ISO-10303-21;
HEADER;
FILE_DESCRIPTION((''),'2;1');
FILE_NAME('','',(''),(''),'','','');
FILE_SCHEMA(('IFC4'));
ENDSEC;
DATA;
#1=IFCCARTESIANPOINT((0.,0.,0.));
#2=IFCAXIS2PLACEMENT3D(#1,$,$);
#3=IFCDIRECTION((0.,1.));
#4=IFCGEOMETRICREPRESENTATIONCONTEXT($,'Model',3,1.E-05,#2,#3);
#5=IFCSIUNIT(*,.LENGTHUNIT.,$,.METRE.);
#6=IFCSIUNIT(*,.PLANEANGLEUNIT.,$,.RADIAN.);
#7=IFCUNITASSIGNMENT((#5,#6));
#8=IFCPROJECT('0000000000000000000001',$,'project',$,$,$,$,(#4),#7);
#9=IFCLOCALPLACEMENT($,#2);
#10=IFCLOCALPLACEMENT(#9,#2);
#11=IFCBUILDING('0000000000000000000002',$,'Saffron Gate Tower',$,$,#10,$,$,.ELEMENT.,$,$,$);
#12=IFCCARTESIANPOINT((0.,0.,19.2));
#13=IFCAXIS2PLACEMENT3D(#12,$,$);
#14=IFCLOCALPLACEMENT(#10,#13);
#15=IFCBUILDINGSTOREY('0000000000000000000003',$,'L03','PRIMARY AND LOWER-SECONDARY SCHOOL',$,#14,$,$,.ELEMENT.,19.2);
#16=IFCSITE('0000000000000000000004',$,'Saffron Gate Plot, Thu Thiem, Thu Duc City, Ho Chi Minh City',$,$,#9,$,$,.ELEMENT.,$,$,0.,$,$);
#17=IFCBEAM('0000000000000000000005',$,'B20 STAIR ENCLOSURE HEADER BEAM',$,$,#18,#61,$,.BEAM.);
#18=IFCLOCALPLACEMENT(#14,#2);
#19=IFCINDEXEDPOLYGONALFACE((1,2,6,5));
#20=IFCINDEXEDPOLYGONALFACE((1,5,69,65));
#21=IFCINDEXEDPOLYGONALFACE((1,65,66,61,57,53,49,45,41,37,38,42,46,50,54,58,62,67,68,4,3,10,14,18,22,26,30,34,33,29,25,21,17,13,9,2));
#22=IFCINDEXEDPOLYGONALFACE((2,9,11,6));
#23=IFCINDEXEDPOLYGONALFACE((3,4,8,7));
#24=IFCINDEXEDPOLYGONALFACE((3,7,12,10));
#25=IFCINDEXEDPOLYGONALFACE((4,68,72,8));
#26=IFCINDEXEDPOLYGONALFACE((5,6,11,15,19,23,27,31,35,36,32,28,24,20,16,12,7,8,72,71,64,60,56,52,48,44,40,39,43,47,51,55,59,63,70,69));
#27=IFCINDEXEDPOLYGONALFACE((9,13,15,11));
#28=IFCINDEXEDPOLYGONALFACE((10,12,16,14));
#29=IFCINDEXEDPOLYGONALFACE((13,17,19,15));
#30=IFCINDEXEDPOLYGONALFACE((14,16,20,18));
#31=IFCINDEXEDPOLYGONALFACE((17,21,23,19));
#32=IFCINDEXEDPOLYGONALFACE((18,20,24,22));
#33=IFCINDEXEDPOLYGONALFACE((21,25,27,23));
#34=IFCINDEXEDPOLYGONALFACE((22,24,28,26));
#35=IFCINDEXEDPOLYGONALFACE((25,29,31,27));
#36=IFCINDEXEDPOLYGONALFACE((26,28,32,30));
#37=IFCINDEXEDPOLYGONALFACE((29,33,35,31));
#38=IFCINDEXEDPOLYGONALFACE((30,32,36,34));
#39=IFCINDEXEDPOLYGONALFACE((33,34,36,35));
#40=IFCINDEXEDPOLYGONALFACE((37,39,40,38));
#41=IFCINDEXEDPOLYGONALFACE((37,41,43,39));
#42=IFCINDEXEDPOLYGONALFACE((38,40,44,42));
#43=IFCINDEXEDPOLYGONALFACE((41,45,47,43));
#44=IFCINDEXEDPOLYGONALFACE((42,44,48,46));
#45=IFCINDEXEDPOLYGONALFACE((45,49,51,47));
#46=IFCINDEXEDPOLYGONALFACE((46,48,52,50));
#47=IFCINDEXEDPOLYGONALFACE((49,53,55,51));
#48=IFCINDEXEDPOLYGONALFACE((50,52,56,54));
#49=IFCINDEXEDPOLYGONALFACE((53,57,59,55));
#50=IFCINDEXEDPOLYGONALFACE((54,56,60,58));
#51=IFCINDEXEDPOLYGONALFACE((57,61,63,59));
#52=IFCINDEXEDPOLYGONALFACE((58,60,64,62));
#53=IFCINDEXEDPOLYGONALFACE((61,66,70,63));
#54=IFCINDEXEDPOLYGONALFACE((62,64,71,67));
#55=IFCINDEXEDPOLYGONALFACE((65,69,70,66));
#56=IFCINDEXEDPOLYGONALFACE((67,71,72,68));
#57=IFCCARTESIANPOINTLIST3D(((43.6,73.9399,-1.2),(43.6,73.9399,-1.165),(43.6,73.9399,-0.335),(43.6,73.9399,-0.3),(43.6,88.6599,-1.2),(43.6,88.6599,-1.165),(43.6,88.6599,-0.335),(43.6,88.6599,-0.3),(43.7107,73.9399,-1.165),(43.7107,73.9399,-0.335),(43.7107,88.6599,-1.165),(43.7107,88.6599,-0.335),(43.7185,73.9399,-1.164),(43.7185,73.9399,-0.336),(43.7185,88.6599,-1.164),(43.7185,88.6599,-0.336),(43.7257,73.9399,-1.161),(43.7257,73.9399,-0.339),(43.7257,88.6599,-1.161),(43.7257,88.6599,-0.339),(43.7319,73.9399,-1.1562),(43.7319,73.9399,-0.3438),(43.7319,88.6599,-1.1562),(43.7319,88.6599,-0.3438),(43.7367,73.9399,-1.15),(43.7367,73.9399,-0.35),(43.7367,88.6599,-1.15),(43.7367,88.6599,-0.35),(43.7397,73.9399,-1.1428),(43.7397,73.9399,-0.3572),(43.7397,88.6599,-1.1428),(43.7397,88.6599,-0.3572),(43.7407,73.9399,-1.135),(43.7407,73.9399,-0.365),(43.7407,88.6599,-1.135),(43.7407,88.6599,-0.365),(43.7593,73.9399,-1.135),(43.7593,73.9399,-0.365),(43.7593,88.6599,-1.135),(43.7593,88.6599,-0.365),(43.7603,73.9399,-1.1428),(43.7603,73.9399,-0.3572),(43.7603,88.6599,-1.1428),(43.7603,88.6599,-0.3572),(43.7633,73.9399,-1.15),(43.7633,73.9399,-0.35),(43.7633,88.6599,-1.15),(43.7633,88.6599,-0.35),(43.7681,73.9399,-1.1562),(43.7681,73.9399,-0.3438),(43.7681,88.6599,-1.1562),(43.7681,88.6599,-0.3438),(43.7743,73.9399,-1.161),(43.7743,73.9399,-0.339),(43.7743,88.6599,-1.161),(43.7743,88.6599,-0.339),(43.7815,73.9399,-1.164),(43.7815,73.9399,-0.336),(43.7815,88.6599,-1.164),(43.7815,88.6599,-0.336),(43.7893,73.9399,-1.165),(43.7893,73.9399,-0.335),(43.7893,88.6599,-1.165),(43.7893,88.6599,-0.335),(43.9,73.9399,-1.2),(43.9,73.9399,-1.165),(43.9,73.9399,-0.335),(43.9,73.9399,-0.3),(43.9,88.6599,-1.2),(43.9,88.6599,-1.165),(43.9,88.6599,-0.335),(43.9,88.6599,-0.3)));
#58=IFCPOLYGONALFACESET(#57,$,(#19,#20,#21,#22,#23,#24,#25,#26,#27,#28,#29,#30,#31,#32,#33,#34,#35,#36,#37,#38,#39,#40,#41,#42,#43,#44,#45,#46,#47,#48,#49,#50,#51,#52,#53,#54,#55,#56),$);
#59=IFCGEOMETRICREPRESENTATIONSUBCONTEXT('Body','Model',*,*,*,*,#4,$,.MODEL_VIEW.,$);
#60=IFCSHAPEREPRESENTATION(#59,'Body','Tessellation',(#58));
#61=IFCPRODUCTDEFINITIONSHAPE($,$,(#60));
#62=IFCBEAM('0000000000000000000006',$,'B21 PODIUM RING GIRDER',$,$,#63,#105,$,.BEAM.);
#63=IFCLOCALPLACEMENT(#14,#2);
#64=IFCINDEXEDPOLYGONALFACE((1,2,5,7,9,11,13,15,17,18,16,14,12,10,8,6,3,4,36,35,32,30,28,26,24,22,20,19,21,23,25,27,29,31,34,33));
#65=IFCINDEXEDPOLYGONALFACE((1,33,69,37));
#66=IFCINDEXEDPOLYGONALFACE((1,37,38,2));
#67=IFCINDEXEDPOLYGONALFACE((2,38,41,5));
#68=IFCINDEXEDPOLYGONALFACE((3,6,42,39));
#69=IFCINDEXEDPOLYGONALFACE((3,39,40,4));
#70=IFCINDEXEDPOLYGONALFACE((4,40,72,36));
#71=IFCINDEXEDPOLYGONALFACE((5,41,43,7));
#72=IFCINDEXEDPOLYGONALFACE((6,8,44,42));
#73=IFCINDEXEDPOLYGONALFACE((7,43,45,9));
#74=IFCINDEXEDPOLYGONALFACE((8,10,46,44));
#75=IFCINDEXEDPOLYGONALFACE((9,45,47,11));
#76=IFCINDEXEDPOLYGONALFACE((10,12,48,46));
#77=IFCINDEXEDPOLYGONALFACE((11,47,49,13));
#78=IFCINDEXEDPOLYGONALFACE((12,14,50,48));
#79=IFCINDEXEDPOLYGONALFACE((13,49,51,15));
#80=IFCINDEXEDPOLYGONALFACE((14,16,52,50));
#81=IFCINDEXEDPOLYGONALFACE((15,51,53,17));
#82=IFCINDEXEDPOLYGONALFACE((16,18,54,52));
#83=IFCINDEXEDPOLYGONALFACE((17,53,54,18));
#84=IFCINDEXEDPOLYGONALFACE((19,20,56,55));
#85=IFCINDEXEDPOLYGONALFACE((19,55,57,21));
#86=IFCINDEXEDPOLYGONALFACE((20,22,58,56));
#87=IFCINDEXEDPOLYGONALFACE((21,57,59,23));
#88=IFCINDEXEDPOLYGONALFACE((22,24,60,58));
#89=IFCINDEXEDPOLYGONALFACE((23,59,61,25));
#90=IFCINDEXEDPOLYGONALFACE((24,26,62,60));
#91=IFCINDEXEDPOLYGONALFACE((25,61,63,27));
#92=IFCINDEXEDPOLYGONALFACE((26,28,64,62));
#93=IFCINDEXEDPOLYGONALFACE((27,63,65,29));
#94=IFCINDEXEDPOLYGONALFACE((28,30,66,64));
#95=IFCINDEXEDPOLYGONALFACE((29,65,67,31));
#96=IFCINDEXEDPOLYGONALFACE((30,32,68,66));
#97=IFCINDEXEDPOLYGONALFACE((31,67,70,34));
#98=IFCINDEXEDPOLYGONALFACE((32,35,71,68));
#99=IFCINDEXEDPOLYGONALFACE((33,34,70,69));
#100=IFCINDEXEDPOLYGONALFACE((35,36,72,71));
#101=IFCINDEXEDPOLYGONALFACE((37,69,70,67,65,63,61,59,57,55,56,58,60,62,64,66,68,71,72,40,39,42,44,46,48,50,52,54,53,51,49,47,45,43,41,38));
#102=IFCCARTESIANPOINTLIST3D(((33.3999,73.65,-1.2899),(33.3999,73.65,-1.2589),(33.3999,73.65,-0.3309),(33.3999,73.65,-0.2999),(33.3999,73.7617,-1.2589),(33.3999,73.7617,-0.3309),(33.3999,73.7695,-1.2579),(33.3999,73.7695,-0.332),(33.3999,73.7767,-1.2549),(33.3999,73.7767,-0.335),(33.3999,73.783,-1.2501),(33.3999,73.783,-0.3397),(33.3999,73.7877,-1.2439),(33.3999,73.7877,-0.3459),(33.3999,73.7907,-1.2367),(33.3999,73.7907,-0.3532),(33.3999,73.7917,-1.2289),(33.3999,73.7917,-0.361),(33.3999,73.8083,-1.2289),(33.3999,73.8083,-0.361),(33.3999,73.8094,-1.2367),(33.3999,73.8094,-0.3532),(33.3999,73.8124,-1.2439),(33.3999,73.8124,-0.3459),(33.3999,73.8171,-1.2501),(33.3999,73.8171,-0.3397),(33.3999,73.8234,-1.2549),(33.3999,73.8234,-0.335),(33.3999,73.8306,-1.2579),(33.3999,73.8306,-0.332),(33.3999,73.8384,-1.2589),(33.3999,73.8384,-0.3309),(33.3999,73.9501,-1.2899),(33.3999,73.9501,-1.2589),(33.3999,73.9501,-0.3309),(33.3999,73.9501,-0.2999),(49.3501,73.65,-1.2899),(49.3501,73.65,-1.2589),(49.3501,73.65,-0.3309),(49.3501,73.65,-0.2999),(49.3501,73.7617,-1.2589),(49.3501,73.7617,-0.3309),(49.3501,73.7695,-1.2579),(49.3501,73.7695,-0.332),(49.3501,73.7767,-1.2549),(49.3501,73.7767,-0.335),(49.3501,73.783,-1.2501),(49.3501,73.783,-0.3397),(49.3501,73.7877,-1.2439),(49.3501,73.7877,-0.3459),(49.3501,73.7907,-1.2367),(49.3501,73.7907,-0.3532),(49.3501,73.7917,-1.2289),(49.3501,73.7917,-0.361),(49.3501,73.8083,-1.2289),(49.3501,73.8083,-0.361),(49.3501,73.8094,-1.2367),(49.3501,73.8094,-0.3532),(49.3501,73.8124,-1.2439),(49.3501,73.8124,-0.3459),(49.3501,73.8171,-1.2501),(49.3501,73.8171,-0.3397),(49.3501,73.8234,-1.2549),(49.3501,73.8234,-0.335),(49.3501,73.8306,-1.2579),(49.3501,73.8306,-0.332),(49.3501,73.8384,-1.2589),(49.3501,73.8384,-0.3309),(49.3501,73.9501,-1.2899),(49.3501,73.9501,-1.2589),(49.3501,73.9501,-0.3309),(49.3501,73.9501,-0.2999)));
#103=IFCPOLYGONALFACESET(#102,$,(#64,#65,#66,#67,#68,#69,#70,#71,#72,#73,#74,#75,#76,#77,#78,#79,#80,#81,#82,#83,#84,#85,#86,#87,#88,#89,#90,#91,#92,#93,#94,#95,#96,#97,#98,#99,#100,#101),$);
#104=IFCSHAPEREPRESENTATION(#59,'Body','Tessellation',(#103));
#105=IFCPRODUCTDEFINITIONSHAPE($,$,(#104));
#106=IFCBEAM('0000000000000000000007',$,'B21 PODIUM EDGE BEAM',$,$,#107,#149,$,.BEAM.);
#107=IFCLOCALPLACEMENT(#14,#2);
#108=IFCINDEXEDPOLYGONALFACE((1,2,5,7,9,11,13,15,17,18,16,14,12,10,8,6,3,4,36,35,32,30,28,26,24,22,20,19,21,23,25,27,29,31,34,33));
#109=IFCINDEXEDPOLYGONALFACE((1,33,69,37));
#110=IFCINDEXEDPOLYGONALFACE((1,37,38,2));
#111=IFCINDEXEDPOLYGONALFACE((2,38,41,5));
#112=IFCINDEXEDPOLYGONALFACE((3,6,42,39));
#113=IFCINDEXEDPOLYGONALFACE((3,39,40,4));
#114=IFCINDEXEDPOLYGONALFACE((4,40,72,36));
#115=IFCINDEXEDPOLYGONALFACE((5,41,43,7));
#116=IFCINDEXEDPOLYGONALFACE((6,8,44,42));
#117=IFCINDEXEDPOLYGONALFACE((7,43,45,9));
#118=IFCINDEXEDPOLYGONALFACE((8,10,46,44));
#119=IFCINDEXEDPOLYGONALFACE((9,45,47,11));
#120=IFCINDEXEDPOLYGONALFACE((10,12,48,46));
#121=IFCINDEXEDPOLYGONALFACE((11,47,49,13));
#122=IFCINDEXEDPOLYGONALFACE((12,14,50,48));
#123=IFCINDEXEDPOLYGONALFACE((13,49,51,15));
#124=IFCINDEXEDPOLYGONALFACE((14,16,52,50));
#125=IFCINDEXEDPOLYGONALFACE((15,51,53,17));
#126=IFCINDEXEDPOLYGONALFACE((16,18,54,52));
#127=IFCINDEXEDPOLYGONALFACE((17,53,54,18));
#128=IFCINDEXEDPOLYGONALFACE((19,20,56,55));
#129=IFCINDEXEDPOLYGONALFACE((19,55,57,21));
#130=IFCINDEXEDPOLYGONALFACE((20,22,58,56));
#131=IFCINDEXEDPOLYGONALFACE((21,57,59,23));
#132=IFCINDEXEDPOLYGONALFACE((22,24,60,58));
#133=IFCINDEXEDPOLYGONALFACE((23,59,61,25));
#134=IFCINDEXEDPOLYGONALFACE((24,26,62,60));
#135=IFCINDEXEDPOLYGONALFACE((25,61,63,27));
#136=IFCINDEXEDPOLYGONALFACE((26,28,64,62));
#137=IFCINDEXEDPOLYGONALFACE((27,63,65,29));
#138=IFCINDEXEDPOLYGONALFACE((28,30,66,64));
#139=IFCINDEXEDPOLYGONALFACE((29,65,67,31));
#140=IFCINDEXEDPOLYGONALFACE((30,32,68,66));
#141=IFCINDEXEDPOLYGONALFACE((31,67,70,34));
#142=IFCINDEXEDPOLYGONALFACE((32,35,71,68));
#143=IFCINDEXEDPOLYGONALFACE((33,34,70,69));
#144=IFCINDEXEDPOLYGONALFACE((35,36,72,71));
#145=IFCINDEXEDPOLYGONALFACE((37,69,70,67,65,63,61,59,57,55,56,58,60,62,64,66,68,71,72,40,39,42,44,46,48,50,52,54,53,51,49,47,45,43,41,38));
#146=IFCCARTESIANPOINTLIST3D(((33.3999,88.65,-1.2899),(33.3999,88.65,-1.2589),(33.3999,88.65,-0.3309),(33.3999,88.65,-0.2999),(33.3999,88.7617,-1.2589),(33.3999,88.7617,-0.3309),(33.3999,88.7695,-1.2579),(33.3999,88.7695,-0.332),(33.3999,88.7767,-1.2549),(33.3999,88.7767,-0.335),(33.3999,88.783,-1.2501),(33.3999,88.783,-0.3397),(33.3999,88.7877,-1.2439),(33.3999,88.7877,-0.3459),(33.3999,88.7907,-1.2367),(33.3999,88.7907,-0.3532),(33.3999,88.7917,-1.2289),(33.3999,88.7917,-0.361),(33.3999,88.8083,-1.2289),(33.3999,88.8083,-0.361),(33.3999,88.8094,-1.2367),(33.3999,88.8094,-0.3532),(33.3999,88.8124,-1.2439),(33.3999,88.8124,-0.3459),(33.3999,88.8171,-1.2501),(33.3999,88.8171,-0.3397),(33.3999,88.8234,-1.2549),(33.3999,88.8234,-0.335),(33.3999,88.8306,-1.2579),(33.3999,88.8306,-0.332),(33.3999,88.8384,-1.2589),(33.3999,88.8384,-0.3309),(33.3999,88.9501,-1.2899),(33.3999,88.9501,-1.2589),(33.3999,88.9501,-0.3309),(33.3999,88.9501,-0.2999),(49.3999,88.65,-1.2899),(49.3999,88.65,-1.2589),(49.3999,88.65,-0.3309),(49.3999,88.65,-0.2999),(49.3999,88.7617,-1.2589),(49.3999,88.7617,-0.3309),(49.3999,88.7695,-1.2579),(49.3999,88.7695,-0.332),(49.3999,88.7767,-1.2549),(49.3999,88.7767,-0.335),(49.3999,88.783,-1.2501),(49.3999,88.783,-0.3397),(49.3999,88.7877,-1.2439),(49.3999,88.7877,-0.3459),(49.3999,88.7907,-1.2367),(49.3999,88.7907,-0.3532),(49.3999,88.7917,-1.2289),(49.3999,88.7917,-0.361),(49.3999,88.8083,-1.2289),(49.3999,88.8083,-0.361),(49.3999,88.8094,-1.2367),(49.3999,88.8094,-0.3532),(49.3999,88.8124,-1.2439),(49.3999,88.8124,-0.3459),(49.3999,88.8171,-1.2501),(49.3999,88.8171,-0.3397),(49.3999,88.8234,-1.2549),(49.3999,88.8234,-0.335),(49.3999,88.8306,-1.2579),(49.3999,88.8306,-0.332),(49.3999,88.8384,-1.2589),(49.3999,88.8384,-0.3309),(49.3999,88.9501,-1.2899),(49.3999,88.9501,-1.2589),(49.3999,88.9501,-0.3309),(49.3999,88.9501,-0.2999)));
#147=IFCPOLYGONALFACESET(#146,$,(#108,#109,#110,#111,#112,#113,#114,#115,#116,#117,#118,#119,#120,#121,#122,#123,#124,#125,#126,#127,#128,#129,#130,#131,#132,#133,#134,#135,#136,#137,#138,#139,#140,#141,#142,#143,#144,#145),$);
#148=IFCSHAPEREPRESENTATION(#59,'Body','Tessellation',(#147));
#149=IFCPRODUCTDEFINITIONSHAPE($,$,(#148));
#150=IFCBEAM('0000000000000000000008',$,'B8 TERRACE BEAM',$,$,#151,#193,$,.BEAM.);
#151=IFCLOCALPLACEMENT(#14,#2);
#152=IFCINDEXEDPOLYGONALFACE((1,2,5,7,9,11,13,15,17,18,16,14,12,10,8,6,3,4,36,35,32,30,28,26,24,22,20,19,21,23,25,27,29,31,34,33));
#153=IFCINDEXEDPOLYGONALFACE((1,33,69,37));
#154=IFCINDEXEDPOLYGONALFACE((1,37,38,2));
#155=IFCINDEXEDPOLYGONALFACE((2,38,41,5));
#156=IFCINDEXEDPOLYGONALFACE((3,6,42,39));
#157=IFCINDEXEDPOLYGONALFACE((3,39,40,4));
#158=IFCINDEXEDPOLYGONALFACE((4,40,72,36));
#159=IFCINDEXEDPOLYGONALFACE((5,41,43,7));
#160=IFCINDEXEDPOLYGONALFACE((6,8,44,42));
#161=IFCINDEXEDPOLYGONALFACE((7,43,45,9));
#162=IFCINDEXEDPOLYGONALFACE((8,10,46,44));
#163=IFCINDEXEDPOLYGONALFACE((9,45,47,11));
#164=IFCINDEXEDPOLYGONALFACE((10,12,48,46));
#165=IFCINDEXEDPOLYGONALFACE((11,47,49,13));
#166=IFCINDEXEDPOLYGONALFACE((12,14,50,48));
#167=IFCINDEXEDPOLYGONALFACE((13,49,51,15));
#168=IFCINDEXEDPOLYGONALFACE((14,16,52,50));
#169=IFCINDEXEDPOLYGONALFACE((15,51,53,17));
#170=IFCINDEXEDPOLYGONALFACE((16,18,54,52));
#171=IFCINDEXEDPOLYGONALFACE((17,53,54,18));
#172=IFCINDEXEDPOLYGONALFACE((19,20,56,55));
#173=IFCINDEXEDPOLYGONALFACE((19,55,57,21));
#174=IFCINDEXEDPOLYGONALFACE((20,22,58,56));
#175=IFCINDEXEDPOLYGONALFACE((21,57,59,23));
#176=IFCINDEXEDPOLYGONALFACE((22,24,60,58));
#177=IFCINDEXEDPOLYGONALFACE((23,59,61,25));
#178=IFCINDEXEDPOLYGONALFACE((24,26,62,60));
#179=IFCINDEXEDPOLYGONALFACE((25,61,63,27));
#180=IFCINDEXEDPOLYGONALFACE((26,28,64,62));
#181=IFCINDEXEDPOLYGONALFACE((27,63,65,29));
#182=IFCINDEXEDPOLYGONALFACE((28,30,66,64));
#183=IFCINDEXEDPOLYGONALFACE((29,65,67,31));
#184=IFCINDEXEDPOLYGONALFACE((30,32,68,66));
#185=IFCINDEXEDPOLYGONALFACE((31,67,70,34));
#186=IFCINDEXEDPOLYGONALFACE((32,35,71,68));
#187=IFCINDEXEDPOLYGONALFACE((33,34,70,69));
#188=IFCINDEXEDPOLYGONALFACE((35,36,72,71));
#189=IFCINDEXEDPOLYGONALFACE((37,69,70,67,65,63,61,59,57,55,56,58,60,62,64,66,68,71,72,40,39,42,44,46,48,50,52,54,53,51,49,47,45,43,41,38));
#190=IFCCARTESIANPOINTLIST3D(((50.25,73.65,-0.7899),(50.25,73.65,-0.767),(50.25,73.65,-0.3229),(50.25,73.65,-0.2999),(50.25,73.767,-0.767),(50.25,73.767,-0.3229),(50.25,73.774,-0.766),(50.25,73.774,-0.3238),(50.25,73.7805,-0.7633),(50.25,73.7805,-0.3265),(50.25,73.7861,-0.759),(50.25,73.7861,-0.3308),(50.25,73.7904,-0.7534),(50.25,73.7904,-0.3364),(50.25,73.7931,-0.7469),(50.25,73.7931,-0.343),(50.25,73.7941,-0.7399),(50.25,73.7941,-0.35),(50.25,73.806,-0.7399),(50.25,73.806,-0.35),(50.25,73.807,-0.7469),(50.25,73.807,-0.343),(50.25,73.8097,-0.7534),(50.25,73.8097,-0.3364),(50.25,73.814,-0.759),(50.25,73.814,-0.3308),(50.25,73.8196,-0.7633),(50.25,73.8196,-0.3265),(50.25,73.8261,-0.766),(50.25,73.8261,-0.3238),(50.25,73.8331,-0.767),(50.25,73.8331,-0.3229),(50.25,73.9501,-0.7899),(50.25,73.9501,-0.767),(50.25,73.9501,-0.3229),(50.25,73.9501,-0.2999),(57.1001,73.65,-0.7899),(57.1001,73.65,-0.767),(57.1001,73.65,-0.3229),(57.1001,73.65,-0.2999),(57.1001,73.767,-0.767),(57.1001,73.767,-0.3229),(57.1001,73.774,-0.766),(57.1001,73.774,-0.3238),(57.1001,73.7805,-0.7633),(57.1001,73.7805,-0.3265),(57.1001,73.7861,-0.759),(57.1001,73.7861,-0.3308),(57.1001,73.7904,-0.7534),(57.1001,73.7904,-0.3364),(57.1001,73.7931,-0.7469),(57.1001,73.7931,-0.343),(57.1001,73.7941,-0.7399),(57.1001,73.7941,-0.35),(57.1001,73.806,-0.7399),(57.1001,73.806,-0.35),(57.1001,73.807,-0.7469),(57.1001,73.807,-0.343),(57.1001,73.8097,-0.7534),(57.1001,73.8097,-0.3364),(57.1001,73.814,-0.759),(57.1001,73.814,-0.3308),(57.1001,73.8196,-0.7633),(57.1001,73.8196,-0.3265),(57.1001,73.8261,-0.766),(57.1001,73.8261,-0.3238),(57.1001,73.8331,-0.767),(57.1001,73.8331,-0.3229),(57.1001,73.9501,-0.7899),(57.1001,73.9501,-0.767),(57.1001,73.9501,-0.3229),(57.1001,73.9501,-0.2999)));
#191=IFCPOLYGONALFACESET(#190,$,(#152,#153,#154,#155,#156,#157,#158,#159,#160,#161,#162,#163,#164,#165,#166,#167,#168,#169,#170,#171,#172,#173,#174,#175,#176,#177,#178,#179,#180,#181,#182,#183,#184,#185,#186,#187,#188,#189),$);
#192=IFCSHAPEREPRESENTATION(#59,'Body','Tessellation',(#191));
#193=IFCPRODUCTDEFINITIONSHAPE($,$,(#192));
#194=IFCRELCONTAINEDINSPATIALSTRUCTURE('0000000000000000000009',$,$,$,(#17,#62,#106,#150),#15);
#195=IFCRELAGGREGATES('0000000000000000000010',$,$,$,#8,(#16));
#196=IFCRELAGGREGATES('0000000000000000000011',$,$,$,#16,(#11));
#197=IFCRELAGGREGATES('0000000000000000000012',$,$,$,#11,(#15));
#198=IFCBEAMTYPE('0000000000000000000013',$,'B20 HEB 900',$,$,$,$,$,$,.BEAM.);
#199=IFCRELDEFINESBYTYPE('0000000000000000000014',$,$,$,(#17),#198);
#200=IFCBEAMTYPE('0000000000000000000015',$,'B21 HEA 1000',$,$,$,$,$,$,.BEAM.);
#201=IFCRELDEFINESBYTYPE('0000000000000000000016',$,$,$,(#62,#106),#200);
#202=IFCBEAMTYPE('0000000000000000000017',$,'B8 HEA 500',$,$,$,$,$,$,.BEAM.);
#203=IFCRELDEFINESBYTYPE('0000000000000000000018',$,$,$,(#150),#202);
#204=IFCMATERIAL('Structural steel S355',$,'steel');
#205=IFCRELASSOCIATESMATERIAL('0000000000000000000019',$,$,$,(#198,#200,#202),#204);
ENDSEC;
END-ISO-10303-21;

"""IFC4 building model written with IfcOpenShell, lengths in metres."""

from ifc_helpers import new_model, si_unit, direction, frame, origin, origin_2d, place, context, subcontext, project, spatial, i_section, extrude, material, material_profile, profile_set, type_object, element, save


model = new_model("IFC4")

# Units and contexts
model_context = context("Model", 3, precision=1e-05, world=origin(), true_north=direction((0.0, 1.0)))
body_context = subcontext(model_context, "Body", "Model", "MODEL_VIEW")
ifc_project = project(units=[si_unit("LENGTHUNIT", "METRE"), si_unit("PLANEANGLEUNIT", "RADIAN")], contexts=[model_context])

# Site, building, storey
site_placement = place(None, origin())
site = spatial("IfcSite", under=ifc_project, at=site_placement, Name="Saffron Gate Plot, Thu Thiem, Thu Duc City, Ho Chi Minh City", CompositionType="ELEMENT", RefElevation=0.0)
building_placement = place(site_placement, origin())
building = spatial("IfcBuilding", under=site, at=building_placement, Name="Saffron Gate Tower", CompositionType="ELEMENT")
storey_placement = place(building_placement, frame((0.0, 0.0, 19.2)))
storey = spatial("IfcBuildingStorey", under=building, at=storey_placement, Name="L03", Description="PRIMARY AND LOWER-SECONDARY SCHOOL", CompositionType="ELEMENT", Elevation=19.2)

# Beams
ifc_material_1 = material(Name="Structural steel S355", Category="steel")
ifc_material_profile_1 = material_profile(ifc_material_1, i_section(OverallWidth=0.3, OverallDepth=0.8999, WebThickness=0.0186, FlangeThickness=0.0349, FilletRadius=0.03, at=origin_2d()))
ifc_profile_set_1 = profile_set([ifc_material_profile_1], Name="Structural steel S355")
beam_type_1 = type_object("IfcBeamType", Name="B20 HEB 900", PredefinedType="BEAM", material=ifc_profile_set_1)
for number, where, z_axis, x_axis, name in (
    (1, (43.75, 73.9399, -0.75), (0.0, 1.0, 0.0), (-1.0, 0.0, 0.0), "B20 STAIR ENCLOSURE HEADER BEAM"),
):
    element("IfcBeam", number, at=place(storey_placement, frame(where, z_axis=z_axis, x_axis=x_axis)), inside=storey, type_object=beam_type_1, Name=name, PredefinedType="BEAM", context=body_context, shape_type="SweptSolid", body=[
        extrude(i_section(OverallWidth=0.3, OverallDepth=0.8999, WebThickness=0.0186, FlangeThickness=0.0349, FilletRadius=0.03, at=origin_2d()), origin(), (0.0, 0.0, 1.0), 14.72),
    ])
ifc_material_profile_2 = material_profile(ifc_material_1, i_section(OverallWidth=0.3, OverallDepth=0.99, WebThickness=0.0166, FlangeThickness=0.031, FilletRadius=0.03, at=origin_2d()))
ifc_profile_set_2 = profile_set([ifc_material_profile_2], Name="Structural steel S355")
beam_type_2 = type_object("IfcBeamType", Name="B21 HEA 1000", PredefinedType="BEAM", material=ifc_profile_set_2)
beam_1_placement = place(storey_placement, frame((33.3999, 73.8, -0.7949), z_axis=(1.0, 0.0, 0.0), x_axis=(0.0, 1.0, 0.0)))
element("IfcBeam", 2, at=beam_1_placement, inside=storey, type_object=beam_type_2, Name="B21 PODIUM RING GIRDER", PredefinedType="BEAM", context=body_context, shape_type="SweptSolid", body=[
    extrude(i_section(OverallWidth=0.3, OverallDepth=0.99, WebThickness=0.0166, FlangeThickness=0.031, FilletRadius=0.03, at=origin_2d()), origin(), (0.0, 0.0, 1.0), 15.9502),
])
beam_2_placement = place(storey_placement, frame((33.3999, 88.8, -0.7949), z_axis=(1.0, 0.0, 0.0), x_axis=(0.0, 1.0, 0.0)))
element("IfcBeam", 3, at=beam_2_placement, inside=storey, type_object=beam_type_2, Name="B21 PODIUM EDGE BEAM", PredefinedType="BEAM", context=body_context, shape_type="SweptSolid", body=[
    extrude(i_section(OverallWidth=0.3, OverallDepth=0.99, WebThickness=0.0166, FlangeThickness=0.031, FilletRadius=0.03, at=origin_2d()), origin(), (0.0, 0.0, 1.0), 16.0),
])
ifc_material_profile_3 = material_profile(ifc_material_1, i_section(OverallWidth=0.3, OverallDepth=0.49, WebThickness=0.012, FlangeThickness=0.0229, FilletRadius=0.0271, at=origin_2d()))
ifc_profile_set_3 = profile_set([ifc_material_profile_3], Name="Structural steel S355")
beam_type_3 = type_object("IfcBeamType", Name="B8 HEA 500", PredefinedType="BEAM", material=ifc_profile_set_3)
beam_3_placement = place(storey_placement, frame((50.25, 73.8, -0.5449), z_axis=(1.0, 0.0, 0.0), x_axis=(0.0, 1.0, 0.0)))
element("IfcBeam", 4, at=beam_3_placement, inside=storey, type_object=beam_type_3, Name="B8 TERRACE BEAM", PredefinedType="BEAM", context=body_context, shape_type="SweptSolid", body=[
    extrude(i_section(OverallWidth=0.3, OverallDepth=0.49, WebThickness=0.012, FlangeThickness=0.0229, FilletRadius=0.0271, at=origin_2d()), origin(), (0.0, 0.0, 1.0), 6.8501),
])

save(model, "model.ifc")
